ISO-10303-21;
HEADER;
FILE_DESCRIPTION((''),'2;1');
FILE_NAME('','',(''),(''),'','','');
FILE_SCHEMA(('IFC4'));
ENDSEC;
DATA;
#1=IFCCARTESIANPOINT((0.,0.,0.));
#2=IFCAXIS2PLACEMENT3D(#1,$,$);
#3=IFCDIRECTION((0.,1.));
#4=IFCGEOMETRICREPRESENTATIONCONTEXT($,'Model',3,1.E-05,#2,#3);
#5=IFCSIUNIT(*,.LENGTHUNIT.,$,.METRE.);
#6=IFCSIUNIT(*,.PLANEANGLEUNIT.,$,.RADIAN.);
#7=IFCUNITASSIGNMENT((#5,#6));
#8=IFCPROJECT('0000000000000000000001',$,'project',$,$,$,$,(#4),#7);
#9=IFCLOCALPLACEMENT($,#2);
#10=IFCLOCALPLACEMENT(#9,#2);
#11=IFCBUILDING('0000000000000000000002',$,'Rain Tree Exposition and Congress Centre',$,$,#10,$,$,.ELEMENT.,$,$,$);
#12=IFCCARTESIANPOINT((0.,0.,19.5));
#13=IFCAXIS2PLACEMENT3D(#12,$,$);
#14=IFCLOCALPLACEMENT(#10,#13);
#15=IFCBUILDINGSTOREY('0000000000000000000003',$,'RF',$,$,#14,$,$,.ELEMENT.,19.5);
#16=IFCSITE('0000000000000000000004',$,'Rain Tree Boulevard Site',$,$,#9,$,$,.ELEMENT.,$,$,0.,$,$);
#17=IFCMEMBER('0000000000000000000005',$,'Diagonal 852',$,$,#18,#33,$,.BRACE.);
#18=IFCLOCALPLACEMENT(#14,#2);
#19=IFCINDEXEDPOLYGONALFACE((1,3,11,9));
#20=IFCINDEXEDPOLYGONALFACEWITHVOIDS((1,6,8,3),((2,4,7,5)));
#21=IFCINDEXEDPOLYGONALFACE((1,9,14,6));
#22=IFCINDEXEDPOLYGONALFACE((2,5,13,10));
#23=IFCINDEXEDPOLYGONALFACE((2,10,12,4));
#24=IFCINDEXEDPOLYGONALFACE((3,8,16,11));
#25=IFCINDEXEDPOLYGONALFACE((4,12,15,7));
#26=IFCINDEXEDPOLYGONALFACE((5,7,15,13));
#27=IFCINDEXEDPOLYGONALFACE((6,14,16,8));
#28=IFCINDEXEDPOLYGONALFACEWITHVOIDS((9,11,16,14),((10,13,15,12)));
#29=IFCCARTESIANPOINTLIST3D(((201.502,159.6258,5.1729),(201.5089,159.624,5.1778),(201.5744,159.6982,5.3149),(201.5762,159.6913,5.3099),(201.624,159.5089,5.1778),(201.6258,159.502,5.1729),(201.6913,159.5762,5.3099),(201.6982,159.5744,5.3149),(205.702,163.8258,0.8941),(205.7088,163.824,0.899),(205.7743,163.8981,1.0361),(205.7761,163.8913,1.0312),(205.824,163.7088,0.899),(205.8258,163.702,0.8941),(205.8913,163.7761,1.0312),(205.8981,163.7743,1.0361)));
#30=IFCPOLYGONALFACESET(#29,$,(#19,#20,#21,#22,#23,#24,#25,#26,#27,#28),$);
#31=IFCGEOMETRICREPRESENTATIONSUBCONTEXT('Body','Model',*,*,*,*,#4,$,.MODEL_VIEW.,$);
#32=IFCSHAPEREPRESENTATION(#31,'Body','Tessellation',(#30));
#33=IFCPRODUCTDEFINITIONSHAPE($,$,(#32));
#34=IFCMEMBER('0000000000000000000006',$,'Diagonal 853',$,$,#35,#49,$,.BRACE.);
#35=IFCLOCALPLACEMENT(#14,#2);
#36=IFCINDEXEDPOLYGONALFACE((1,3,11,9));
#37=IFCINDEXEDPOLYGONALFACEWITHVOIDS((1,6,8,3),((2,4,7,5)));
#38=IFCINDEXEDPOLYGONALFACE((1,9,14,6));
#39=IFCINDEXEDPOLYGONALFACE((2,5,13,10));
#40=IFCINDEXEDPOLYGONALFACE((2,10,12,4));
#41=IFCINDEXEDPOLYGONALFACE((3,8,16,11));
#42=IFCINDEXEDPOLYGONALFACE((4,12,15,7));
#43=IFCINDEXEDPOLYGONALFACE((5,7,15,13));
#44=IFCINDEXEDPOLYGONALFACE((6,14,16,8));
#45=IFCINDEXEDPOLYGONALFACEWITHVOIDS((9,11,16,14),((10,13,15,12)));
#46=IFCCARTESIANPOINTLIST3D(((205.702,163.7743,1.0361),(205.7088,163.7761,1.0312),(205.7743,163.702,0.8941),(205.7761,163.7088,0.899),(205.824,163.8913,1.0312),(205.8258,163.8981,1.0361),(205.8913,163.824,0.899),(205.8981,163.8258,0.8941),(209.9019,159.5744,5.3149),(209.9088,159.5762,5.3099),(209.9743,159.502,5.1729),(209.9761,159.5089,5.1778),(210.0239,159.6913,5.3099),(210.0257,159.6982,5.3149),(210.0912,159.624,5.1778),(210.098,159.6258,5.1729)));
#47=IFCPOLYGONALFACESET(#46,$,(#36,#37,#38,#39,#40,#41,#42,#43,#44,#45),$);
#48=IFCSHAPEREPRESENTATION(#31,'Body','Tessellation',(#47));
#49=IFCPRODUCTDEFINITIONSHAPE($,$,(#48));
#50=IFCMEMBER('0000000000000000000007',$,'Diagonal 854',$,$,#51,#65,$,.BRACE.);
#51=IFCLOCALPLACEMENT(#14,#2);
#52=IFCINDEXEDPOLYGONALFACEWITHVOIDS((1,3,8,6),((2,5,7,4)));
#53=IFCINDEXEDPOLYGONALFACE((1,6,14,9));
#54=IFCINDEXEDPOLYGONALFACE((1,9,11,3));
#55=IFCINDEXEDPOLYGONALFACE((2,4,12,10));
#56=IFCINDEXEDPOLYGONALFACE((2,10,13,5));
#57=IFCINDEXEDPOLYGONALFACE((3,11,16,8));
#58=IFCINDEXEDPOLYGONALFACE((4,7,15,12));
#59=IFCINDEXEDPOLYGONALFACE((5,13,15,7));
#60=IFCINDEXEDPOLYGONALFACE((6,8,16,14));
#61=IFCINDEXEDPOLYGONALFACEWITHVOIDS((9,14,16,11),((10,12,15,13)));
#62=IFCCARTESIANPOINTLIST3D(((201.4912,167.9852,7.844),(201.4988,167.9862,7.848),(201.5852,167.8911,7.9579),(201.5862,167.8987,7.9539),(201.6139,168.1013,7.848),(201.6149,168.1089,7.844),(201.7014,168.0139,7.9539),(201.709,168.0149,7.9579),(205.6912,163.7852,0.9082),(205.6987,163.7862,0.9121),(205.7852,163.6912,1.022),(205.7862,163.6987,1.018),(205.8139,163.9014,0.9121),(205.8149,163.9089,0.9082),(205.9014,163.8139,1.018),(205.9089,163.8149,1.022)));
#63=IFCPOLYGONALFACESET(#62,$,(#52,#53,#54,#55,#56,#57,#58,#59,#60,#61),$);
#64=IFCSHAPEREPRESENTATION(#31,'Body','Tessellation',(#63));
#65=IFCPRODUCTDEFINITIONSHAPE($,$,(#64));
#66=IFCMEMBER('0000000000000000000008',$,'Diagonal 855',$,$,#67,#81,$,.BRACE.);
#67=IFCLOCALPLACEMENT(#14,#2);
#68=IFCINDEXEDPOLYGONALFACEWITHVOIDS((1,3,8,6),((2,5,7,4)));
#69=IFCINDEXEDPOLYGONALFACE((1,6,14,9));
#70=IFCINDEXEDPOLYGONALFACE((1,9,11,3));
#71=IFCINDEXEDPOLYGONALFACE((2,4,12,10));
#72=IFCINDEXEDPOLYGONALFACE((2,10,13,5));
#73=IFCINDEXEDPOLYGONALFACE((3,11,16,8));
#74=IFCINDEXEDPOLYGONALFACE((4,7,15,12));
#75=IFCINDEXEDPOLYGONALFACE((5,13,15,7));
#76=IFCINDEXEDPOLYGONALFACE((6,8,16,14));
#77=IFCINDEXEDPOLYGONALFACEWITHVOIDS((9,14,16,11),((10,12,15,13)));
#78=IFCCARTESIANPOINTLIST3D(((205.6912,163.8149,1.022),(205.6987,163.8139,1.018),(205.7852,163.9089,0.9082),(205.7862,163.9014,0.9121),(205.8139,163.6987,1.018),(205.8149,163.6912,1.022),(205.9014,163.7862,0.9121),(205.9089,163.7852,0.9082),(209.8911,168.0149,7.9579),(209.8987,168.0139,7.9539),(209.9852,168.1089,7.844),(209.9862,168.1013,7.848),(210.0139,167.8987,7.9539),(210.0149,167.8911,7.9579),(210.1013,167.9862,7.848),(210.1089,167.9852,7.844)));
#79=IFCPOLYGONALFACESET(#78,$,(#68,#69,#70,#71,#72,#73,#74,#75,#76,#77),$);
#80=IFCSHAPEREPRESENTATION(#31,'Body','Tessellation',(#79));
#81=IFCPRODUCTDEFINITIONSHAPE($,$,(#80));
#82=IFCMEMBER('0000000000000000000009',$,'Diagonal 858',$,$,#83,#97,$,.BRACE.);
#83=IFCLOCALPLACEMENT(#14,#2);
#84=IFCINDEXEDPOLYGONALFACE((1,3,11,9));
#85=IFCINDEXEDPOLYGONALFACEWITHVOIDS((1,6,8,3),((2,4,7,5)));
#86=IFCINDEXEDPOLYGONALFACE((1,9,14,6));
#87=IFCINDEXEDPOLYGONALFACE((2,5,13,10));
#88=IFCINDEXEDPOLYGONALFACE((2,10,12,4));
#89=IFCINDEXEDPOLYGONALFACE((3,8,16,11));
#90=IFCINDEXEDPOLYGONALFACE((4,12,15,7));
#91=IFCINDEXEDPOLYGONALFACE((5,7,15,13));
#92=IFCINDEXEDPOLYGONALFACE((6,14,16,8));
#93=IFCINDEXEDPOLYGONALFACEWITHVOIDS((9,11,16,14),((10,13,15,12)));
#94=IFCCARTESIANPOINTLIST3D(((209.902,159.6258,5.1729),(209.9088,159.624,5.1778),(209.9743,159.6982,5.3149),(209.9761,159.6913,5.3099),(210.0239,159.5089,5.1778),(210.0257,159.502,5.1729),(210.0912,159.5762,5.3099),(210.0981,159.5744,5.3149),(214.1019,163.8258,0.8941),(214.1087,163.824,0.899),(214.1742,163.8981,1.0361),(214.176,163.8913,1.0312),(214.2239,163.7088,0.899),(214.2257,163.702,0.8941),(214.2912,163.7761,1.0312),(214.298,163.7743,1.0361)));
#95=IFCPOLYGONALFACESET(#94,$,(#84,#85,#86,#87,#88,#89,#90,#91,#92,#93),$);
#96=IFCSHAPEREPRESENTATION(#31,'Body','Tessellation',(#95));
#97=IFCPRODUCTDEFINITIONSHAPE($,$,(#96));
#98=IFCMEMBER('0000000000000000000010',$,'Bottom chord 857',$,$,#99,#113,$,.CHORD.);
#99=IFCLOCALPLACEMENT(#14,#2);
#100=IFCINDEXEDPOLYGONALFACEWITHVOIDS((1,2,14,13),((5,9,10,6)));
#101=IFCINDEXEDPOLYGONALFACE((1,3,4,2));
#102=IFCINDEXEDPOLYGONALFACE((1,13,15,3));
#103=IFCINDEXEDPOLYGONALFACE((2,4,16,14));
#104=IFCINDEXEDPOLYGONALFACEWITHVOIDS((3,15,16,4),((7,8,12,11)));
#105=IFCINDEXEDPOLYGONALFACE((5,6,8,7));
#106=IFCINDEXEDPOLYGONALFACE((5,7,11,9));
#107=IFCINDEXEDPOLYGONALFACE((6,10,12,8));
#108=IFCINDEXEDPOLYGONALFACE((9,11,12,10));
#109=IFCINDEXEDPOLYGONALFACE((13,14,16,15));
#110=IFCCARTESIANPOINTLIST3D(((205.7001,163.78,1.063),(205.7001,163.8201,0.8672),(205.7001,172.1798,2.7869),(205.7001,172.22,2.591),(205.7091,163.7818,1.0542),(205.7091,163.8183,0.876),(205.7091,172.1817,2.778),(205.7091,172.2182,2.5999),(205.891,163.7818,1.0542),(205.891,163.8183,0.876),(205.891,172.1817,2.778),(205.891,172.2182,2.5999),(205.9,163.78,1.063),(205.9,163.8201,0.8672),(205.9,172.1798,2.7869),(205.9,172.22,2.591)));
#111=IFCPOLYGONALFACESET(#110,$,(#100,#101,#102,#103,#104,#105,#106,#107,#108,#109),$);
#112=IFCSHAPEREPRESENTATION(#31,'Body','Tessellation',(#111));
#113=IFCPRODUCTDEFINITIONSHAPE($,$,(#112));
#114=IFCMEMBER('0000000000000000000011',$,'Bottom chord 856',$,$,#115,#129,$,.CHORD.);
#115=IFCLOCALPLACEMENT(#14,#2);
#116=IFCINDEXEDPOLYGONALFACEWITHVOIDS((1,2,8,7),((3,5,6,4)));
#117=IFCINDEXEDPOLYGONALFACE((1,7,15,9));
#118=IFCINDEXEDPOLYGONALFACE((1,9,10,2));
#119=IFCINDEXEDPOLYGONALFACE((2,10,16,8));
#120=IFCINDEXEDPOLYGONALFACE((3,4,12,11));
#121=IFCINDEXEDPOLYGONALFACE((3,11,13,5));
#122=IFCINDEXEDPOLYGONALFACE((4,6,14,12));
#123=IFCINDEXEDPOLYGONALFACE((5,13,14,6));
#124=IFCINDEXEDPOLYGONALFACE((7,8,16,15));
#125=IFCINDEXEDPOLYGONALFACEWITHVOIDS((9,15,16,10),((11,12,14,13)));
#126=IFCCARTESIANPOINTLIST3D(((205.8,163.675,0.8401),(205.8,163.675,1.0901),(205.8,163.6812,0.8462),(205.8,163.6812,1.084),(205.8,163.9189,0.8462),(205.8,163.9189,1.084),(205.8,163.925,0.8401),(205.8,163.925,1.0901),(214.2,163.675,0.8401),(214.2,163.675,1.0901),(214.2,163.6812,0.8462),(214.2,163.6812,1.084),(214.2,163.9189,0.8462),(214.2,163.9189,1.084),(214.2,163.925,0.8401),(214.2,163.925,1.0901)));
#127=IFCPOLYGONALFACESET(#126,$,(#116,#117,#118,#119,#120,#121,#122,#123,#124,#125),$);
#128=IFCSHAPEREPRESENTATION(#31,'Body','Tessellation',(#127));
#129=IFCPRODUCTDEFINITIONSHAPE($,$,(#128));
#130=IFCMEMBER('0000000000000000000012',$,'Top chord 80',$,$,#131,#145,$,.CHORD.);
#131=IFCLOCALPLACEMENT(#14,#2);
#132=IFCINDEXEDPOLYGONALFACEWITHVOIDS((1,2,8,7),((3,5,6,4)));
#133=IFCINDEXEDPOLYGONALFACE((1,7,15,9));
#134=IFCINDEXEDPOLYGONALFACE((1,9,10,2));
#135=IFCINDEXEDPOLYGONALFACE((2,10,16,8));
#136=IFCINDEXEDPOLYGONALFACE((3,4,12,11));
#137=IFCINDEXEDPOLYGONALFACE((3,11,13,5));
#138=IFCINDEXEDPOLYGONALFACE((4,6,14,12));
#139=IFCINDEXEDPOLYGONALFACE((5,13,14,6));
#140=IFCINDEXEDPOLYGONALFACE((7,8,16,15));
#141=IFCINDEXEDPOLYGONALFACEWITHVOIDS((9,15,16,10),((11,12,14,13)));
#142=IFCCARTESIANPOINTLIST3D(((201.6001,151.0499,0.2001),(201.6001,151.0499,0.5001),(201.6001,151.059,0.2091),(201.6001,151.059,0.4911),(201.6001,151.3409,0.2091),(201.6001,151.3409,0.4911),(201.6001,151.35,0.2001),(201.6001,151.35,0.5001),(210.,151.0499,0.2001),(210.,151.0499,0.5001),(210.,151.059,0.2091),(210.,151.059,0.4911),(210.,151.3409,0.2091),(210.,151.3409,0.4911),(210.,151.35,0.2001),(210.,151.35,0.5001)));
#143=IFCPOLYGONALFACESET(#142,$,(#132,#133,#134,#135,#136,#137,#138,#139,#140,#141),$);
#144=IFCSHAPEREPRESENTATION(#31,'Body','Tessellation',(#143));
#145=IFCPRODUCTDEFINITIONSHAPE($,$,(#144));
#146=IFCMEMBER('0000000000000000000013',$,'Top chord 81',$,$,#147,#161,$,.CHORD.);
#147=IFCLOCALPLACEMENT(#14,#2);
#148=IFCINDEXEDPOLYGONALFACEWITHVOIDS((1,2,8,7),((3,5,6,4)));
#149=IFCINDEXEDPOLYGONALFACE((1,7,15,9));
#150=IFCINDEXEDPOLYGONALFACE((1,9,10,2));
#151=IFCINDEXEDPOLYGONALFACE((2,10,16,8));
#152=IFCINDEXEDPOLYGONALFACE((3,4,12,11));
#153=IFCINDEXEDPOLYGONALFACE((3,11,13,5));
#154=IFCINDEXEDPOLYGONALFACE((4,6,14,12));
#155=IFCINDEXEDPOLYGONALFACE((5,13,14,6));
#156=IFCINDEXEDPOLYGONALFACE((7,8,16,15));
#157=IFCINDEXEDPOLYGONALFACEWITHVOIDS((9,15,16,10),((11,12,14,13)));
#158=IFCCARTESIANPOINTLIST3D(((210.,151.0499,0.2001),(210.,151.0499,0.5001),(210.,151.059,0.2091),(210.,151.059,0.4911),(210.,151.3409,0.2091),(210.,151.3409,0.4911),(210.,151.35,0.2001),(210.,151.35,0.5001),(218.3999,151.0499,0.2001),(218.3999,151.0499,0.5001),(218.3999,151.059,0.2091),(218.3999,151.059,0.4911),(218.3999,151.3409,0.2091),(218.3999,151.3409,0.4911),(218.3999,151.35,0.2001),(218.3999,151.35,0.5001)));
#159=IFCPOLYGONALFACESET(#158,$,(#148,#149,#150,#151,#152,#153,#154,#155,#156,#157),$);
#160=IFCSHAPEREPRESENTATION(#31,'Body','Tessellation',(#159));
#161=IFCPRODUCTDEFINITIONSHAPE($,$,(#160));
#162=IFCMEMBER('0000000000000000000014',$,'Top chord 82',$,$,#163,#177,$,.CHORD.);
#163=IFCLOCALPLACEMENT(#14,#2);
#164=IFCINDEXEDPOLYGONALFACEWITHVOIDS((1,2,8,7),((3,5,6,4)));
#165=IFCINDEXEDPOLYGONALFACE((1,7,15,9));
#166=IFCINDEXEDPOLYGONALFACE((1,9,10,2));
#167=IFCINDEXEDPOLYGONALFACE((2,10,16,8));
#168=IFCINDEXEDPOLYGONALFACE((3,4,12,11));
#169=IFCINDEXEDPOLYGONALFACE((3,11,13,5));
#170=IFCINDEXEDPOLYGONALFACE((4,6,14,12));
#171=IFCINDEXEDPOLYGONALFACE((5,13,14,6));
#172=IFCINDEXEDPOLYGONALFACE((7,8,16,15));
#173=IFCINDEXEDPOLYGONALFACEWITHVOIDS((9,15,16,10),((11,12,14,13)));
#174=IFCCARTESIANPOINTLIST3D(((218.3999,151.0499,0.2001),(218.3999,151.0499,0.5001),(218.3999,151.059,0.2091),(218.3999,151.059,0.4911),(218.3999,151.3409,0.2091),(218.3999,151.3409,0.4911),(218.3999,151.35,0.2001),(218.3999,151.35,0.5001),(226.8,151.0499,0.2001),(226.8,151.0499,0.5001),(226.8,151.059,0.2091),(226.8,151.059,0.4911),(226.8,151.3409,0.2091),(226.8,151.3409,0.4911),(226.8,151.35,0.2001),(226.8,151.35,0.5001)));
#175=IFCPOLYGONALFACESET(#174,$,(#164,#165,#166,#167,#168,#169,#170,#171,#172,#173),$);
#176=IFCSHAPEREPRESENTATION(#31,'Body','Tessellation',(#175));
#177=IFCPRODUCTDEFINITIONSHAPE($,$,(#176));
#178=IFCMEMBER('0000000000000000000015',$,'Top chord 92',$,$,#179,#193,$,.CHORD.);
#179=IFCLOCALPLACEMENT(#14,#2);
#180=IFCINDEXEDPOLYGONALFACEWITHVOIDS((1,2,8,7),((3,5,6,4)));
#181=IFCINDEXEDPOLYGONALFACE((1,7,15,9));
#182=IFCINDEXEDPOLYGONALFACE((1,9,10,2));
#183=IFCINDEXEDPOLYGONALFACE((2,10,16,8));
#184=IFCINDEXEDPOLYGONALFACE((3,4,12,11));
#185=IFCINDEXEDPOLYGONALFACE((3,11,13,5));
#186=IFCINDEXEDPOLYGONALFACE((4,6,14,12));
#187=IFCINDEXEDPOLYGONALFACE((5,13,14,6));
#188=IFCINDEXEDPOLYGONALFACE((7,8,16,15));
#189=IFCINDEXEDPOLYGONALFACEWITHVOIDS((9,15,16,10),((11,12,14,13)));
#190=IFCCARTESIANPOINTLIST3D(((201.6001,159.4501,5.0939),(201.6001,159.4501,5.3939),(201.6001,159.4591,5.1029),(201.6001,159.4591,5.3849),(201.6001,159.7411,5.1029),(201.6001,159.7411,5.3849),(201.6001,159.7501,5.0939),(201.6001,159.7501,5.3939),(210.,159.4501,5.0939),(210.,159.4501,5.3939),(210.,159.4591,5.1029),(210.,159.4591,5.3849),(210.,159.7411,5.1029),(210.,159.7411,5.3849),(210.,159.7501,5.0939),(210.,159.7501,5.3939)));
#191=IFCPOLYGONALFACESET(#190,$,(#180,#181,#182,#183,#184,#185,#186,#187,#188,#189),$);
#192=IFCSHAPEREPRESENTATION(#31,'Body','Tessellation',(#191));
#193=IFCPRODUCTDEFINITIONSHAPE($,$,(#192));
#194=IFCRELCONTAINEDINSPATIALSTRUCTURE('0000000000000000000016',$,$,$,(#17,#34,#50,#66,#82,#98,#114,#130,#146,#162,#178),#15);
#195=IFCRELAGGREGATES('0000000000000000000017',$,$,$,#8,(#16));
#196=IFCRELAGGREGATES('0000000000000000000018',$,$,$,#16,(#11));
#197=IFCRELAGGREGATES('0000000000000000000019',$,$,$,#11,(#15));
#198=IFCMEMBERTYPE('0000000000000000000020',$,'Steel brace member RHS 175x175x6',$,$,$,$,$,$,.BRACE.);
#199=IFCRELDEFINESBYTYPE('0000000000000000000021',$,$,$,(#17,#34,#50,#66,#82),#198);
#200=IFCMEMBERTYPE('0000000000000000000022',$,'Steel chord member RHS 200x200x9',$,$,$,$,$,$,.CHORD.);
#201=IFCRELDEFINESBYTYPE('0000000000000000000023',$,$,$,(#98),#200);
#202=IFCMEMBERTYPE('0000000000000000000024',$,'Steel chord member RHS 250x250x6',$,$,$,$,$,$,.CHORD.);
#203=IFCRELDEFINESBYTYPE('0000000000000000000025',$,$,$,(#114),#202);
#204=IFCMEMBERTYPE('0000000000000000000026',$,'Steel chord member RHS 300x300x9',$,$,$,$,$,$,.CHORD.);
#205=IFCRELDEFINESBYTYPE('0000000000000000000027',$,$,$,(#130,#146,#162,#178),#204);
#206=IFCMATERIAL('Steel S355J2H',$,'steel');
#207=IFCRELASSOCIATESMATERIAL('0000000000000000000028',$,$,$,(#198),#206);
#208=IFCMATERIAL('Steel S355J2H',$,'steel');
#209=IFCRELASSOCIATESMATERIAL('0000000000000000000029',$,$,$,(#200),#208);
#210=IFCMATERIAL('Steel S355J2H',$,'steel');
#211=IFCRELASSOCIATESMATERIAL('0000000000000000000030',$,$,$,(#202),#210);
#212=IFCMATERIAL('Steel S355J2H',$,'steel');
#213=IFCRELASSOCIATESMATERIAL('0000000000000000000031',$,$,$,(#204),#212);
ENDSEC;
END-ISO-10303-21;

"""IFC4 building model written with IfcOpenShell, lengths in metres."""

from ifc_helpers import new_model, si_unit, direction, frame, origin, origin_2d, place, context, subcontext, project, spatial, hollow_rectangle, extrude, material, material_profile, profile_set, type_object, element, save


model = new_model("IFC4")

# Units and contexts
model_context = context("Model", 3, precision=1e-05, world=origin(), true_north=direction((0.0, 1.0)))
body_context = subcontext(model_context, "Body", "Model", "MODEL_VIEW")
ifc_project = project(units=[si_unit("LENGTHUNIT", "METRE"), si_unit("PLANEANGLEUNIT", "RADIAN")], contexts=[model_context])

# Site, building, storey
site_placement = place(None, origin())
site = spatial("IfcSite", under=ifc_project, at=site_placement, Name="Rain Tree Boulevard Site", CompositionType="ELEMENT", RefElevation=0.0)
building_placement = place(site_placement, origin())
building = spatial("IfcBuilding", under=site, at=building_placement, Name="Rain Tree Exposition and Congress Centre", CompositionType="ELEMENT")
storey_placement = place(building_placement, frame((0.0, 0.0, 19.5)))
storey = spatial("IfcBuildingStorey", under=building, at=storey_placement, Name="RF", CompositionType="ELEMENT", Elevation=19.5)

# Members
ifc_material_1 = material(Name="Steel S355J2H", Category="steel")
ifc_material_profile_1 = material_profile(ifc_material_1, hollow_rectangle(XDim=0.175, YDim=0.175, WallThickness=0.0061, at=origin_2d()), Name="RHS 175x175x6")
ifc_profile_set_1 = profile_set([ifc_material_profile_1], Name="Steel S355J2H")
member_type_1 = type_object("IfcMemberType", Name="Steel brace member RHS 175x175x6", PredefinedType="BRACE", material=ifc_profile_set_1)
for number, where, z_axis, x_axis, name in (
    (1, (205.8, 163.8, 0.9651), (-0.573737, -0.573737, 0.58451), (0.707107, -0.707107, 0.0), "Diagonal 852"),
    (2, (205.8, 163.8, 0.9651), (0.573737, -0.573737, 0.58451), (0.707107, 0.707107, 0.0), "Diagonal 853"),
):
    element("IfcMember", number, at=place(storey_placement, frame(where, z_axis=z_axis, x_axis=x_axis)), inside=storey, type_object=member_type_1, Name=name, PredefinedType="BRACE", context=body_context, shape_type="SweptSolid", body=[
        extrude(hollow_rectangle(XDim=0.175, YDim=0.175, WallThickness=0.0061, at=origin_2d()), origin(), (0.0, 0.0, 1.0), 7.3203),
    ])
for number, where, z_axis, x_axis, name in (
    (3, (205.8, 163.8, 0.9651), (-0.459941, 0.459941, 0.759545), (-0.707107, -0.707107, 0.0), "Diagonal 854"),
    (4, (205.8, 163.8, 0.9651), (0.459941, 0.459941, 0.759545), (-0.707107, 0.707107, 0.0), "Diagonal 855"),
):
    element("IfcMember", number, at=place(storey_placement, frame(where, z_axis=z_axis, x_axis=x_axis)), inside=storey, type_object=member_type_1, Name=name, PredefinedType="BRACE", context=body_context, shape_type="SweptSolid", body=[
        extrude(hollow_rectangle(XDim=0.175, YDim=0.175, WallThickness=0.0061, at=origin_2d()), origin(), (0.0, 0.0, 1.0), 9.1316),
    ])
member_1_placement = place(storey_placement, frame((214.2, 163.8, 0.9651), z_axis=(-0.573737, -0.573737, 0.58451), x_axis=(0.707107, -0.707107, 0.0)))
element("IfcMember", 5, at=member_1_placement, inside=storey, type_object=member_type_1, Name="Diagonal 858", PredefinedType="BRACE", context=body_context, shape_type="SweptSolid", body=[
    extrude(hollow_rectangle(XDim=0.175, YDim=0.175, WallThickness=0.0061, at=origin_2d()), origin(), (0.0, 0.0, 1.0), 7.3203),
])
ifc_material_2 = material(Name="Steel S355J2H", Category="steel")
ifc_material_profile_2 = material_profile(ifc_material_2, hollow_rectangle(XDim=0.2, YDim=0.2, WallThickness=0.009, at=origin_2d()), Name="RHS 200x200x9")
ifc_profile_set_2 = profile_set([ifc_material_profile_2], Name="Steel S355J2H")
member_type_2 = type_object("IfcMemberType", Name="Steel chord member RHS 200x200x9", PredefinedType="CHORD", material=ifc_profile_set_2)
member_2_placement = place(storey_placement, frame((205.8, 163.8, 0.9651), z_axis=(0.0, 0.979584, 0.201036), x_axis=(-1.0, 0.0, 0.0)))
element("IfcMember", 6, at=member_2_placement, inside=storey, type_object=member_type_2, Name="Bottom chord 857", PredefinedType="CHORD", context=body_context, shape_type="SweptSolid", body=[
    extrude(hollow_rectangle(XDim=0.2, YDim=0.2, WallThickness=0.009, at=origin_2d()), origin(), (0.0, 0.0, 1.0), 8.575),
])
ifc_material_3 = material(Name="Steel S355J2H", Category="steel")
ifc_material_profile_3 = material_profile(ifc_material_3, hollow_rectangle(XDim=0.25, YDim=0.25, WallThickness=0.0061, at=origin_2d()), Name="RHS 250x250x6")
ifc_profile_set_3 = profile_set([ifc_material_profile_3], Name="Steel S355J2H")
member_type_3 = type_object("IfcMemberType", Name="Steel chord member RHS 250x250x6", PredefinedType="CHORD", material=ifc_profile_set_3)
member_3_placement = place(storey_placement, frame((205.8, 163.8, 0.9651), z_axis=(1.0, 0.0, 0.0), x_axis=(0.0, 1.0, 0.0)))
element("IfcMember", 7, at=member_3_placement, inside=storey, type_object=member_type_3, Name="Bottom chord 856", PredefinedType="CHORD", context=body_context, shape_type="SweptSolid", body=[
    extrude(hollow_rectangle(XDim=0.25, YDim=0.25, WallThickness=0.0061, at=origin_2d()), origin(), (0.0, 0.0, 1.0), 8.3999),
])
ifc_material_4 = material(Name="Steel S355J2H", Category="steel")
ifc_material_profile_4 = material_profile(ifc_material_4, hollow_rectangle(XDim=0.3, YDim=0.3, WallThickness=0.009, at=origin_2d()), Name="RHS 300x300x9")
ifc_profile_set_4 = profile_set([ifc_material_profile_4], Name="Steel S355J2H")
member_type_4 = type_object("IfcMemberType", Name="Steel chord member RHS 300x300x9", PredefinedType="CHORD", material=ifc_profile_set_4)
for number, where, z_axis, x_axis, name in (
    (8, (201.6001, 151.2, 0.3501), (1.0, 0.0, 0.0), (0.0, 1.0, 0.0), "Top chord 80"),
    (9, (210.0, 151.2, 0.3501), (1.0, 0.0, 0.0), (0.0, 1.0, 0.0), "Top chord 81"),
):
    element("IfcMember", number, at=place(storey_placement, frame(where, z_axis=z_axis, x_axis=x_axis)), inside=storey, type_object=member_type_4, Name=name, PredefinedType="CHORD", context=body_context, shape_type="SweptSolid", body=[
        extrude(hollow_rectangle(XDim=0.3, YDim=0.3, WallThickness=0.009, at=origin_2d()), origin(), (0.0, 0.0, 1.0), 8.3999),
    ])
member_4_placement = place(storey_placement, frame((218.3999, 151.2, 0.3501), z_axis=(1.0, 0.0, 0.0), x_axis=(0.0, 1.0, 0.0)))
element("IfcMember", 10, at=member_4_placement, inside=storey, type_object=member_type_4, Name="Top chord 82", PredefinedType="CHORD", context=body_context, shape_type="SweptSolid", body=[
    extrude(hollow_rectangle(XDim=0.3, YDim=0.3, WallThickness=0.009, at=origin_2d()), origin(), (0.0, 0.0, 1.0), 8.4001),
])
for number, where, z_axis, x_axis, name in (
    (11, (201.6001, 159.6001, 5.2439), (1.0, 0.0, 0.0), (0.0, 1.0, 0.0), "Top chord 92"),
):
    element("IfcMember", number, at=place(storey_placement, frame(where, z_axis=z_axis, x_axis=x_axis)), inside=storey, type_object=member_type_4, Name=name, PredefinedType="CHORD", context=body_context, shape_type="SweptSolid", body=[
        extrude(hollow_rectangle(XDim=0.3, YDim=0.3, WallThickness=0.009, at=origin_2d()), origin(), (0.0, 0.0, 1.0), 8.3999),
    ])

save(model, "model.ifc")
